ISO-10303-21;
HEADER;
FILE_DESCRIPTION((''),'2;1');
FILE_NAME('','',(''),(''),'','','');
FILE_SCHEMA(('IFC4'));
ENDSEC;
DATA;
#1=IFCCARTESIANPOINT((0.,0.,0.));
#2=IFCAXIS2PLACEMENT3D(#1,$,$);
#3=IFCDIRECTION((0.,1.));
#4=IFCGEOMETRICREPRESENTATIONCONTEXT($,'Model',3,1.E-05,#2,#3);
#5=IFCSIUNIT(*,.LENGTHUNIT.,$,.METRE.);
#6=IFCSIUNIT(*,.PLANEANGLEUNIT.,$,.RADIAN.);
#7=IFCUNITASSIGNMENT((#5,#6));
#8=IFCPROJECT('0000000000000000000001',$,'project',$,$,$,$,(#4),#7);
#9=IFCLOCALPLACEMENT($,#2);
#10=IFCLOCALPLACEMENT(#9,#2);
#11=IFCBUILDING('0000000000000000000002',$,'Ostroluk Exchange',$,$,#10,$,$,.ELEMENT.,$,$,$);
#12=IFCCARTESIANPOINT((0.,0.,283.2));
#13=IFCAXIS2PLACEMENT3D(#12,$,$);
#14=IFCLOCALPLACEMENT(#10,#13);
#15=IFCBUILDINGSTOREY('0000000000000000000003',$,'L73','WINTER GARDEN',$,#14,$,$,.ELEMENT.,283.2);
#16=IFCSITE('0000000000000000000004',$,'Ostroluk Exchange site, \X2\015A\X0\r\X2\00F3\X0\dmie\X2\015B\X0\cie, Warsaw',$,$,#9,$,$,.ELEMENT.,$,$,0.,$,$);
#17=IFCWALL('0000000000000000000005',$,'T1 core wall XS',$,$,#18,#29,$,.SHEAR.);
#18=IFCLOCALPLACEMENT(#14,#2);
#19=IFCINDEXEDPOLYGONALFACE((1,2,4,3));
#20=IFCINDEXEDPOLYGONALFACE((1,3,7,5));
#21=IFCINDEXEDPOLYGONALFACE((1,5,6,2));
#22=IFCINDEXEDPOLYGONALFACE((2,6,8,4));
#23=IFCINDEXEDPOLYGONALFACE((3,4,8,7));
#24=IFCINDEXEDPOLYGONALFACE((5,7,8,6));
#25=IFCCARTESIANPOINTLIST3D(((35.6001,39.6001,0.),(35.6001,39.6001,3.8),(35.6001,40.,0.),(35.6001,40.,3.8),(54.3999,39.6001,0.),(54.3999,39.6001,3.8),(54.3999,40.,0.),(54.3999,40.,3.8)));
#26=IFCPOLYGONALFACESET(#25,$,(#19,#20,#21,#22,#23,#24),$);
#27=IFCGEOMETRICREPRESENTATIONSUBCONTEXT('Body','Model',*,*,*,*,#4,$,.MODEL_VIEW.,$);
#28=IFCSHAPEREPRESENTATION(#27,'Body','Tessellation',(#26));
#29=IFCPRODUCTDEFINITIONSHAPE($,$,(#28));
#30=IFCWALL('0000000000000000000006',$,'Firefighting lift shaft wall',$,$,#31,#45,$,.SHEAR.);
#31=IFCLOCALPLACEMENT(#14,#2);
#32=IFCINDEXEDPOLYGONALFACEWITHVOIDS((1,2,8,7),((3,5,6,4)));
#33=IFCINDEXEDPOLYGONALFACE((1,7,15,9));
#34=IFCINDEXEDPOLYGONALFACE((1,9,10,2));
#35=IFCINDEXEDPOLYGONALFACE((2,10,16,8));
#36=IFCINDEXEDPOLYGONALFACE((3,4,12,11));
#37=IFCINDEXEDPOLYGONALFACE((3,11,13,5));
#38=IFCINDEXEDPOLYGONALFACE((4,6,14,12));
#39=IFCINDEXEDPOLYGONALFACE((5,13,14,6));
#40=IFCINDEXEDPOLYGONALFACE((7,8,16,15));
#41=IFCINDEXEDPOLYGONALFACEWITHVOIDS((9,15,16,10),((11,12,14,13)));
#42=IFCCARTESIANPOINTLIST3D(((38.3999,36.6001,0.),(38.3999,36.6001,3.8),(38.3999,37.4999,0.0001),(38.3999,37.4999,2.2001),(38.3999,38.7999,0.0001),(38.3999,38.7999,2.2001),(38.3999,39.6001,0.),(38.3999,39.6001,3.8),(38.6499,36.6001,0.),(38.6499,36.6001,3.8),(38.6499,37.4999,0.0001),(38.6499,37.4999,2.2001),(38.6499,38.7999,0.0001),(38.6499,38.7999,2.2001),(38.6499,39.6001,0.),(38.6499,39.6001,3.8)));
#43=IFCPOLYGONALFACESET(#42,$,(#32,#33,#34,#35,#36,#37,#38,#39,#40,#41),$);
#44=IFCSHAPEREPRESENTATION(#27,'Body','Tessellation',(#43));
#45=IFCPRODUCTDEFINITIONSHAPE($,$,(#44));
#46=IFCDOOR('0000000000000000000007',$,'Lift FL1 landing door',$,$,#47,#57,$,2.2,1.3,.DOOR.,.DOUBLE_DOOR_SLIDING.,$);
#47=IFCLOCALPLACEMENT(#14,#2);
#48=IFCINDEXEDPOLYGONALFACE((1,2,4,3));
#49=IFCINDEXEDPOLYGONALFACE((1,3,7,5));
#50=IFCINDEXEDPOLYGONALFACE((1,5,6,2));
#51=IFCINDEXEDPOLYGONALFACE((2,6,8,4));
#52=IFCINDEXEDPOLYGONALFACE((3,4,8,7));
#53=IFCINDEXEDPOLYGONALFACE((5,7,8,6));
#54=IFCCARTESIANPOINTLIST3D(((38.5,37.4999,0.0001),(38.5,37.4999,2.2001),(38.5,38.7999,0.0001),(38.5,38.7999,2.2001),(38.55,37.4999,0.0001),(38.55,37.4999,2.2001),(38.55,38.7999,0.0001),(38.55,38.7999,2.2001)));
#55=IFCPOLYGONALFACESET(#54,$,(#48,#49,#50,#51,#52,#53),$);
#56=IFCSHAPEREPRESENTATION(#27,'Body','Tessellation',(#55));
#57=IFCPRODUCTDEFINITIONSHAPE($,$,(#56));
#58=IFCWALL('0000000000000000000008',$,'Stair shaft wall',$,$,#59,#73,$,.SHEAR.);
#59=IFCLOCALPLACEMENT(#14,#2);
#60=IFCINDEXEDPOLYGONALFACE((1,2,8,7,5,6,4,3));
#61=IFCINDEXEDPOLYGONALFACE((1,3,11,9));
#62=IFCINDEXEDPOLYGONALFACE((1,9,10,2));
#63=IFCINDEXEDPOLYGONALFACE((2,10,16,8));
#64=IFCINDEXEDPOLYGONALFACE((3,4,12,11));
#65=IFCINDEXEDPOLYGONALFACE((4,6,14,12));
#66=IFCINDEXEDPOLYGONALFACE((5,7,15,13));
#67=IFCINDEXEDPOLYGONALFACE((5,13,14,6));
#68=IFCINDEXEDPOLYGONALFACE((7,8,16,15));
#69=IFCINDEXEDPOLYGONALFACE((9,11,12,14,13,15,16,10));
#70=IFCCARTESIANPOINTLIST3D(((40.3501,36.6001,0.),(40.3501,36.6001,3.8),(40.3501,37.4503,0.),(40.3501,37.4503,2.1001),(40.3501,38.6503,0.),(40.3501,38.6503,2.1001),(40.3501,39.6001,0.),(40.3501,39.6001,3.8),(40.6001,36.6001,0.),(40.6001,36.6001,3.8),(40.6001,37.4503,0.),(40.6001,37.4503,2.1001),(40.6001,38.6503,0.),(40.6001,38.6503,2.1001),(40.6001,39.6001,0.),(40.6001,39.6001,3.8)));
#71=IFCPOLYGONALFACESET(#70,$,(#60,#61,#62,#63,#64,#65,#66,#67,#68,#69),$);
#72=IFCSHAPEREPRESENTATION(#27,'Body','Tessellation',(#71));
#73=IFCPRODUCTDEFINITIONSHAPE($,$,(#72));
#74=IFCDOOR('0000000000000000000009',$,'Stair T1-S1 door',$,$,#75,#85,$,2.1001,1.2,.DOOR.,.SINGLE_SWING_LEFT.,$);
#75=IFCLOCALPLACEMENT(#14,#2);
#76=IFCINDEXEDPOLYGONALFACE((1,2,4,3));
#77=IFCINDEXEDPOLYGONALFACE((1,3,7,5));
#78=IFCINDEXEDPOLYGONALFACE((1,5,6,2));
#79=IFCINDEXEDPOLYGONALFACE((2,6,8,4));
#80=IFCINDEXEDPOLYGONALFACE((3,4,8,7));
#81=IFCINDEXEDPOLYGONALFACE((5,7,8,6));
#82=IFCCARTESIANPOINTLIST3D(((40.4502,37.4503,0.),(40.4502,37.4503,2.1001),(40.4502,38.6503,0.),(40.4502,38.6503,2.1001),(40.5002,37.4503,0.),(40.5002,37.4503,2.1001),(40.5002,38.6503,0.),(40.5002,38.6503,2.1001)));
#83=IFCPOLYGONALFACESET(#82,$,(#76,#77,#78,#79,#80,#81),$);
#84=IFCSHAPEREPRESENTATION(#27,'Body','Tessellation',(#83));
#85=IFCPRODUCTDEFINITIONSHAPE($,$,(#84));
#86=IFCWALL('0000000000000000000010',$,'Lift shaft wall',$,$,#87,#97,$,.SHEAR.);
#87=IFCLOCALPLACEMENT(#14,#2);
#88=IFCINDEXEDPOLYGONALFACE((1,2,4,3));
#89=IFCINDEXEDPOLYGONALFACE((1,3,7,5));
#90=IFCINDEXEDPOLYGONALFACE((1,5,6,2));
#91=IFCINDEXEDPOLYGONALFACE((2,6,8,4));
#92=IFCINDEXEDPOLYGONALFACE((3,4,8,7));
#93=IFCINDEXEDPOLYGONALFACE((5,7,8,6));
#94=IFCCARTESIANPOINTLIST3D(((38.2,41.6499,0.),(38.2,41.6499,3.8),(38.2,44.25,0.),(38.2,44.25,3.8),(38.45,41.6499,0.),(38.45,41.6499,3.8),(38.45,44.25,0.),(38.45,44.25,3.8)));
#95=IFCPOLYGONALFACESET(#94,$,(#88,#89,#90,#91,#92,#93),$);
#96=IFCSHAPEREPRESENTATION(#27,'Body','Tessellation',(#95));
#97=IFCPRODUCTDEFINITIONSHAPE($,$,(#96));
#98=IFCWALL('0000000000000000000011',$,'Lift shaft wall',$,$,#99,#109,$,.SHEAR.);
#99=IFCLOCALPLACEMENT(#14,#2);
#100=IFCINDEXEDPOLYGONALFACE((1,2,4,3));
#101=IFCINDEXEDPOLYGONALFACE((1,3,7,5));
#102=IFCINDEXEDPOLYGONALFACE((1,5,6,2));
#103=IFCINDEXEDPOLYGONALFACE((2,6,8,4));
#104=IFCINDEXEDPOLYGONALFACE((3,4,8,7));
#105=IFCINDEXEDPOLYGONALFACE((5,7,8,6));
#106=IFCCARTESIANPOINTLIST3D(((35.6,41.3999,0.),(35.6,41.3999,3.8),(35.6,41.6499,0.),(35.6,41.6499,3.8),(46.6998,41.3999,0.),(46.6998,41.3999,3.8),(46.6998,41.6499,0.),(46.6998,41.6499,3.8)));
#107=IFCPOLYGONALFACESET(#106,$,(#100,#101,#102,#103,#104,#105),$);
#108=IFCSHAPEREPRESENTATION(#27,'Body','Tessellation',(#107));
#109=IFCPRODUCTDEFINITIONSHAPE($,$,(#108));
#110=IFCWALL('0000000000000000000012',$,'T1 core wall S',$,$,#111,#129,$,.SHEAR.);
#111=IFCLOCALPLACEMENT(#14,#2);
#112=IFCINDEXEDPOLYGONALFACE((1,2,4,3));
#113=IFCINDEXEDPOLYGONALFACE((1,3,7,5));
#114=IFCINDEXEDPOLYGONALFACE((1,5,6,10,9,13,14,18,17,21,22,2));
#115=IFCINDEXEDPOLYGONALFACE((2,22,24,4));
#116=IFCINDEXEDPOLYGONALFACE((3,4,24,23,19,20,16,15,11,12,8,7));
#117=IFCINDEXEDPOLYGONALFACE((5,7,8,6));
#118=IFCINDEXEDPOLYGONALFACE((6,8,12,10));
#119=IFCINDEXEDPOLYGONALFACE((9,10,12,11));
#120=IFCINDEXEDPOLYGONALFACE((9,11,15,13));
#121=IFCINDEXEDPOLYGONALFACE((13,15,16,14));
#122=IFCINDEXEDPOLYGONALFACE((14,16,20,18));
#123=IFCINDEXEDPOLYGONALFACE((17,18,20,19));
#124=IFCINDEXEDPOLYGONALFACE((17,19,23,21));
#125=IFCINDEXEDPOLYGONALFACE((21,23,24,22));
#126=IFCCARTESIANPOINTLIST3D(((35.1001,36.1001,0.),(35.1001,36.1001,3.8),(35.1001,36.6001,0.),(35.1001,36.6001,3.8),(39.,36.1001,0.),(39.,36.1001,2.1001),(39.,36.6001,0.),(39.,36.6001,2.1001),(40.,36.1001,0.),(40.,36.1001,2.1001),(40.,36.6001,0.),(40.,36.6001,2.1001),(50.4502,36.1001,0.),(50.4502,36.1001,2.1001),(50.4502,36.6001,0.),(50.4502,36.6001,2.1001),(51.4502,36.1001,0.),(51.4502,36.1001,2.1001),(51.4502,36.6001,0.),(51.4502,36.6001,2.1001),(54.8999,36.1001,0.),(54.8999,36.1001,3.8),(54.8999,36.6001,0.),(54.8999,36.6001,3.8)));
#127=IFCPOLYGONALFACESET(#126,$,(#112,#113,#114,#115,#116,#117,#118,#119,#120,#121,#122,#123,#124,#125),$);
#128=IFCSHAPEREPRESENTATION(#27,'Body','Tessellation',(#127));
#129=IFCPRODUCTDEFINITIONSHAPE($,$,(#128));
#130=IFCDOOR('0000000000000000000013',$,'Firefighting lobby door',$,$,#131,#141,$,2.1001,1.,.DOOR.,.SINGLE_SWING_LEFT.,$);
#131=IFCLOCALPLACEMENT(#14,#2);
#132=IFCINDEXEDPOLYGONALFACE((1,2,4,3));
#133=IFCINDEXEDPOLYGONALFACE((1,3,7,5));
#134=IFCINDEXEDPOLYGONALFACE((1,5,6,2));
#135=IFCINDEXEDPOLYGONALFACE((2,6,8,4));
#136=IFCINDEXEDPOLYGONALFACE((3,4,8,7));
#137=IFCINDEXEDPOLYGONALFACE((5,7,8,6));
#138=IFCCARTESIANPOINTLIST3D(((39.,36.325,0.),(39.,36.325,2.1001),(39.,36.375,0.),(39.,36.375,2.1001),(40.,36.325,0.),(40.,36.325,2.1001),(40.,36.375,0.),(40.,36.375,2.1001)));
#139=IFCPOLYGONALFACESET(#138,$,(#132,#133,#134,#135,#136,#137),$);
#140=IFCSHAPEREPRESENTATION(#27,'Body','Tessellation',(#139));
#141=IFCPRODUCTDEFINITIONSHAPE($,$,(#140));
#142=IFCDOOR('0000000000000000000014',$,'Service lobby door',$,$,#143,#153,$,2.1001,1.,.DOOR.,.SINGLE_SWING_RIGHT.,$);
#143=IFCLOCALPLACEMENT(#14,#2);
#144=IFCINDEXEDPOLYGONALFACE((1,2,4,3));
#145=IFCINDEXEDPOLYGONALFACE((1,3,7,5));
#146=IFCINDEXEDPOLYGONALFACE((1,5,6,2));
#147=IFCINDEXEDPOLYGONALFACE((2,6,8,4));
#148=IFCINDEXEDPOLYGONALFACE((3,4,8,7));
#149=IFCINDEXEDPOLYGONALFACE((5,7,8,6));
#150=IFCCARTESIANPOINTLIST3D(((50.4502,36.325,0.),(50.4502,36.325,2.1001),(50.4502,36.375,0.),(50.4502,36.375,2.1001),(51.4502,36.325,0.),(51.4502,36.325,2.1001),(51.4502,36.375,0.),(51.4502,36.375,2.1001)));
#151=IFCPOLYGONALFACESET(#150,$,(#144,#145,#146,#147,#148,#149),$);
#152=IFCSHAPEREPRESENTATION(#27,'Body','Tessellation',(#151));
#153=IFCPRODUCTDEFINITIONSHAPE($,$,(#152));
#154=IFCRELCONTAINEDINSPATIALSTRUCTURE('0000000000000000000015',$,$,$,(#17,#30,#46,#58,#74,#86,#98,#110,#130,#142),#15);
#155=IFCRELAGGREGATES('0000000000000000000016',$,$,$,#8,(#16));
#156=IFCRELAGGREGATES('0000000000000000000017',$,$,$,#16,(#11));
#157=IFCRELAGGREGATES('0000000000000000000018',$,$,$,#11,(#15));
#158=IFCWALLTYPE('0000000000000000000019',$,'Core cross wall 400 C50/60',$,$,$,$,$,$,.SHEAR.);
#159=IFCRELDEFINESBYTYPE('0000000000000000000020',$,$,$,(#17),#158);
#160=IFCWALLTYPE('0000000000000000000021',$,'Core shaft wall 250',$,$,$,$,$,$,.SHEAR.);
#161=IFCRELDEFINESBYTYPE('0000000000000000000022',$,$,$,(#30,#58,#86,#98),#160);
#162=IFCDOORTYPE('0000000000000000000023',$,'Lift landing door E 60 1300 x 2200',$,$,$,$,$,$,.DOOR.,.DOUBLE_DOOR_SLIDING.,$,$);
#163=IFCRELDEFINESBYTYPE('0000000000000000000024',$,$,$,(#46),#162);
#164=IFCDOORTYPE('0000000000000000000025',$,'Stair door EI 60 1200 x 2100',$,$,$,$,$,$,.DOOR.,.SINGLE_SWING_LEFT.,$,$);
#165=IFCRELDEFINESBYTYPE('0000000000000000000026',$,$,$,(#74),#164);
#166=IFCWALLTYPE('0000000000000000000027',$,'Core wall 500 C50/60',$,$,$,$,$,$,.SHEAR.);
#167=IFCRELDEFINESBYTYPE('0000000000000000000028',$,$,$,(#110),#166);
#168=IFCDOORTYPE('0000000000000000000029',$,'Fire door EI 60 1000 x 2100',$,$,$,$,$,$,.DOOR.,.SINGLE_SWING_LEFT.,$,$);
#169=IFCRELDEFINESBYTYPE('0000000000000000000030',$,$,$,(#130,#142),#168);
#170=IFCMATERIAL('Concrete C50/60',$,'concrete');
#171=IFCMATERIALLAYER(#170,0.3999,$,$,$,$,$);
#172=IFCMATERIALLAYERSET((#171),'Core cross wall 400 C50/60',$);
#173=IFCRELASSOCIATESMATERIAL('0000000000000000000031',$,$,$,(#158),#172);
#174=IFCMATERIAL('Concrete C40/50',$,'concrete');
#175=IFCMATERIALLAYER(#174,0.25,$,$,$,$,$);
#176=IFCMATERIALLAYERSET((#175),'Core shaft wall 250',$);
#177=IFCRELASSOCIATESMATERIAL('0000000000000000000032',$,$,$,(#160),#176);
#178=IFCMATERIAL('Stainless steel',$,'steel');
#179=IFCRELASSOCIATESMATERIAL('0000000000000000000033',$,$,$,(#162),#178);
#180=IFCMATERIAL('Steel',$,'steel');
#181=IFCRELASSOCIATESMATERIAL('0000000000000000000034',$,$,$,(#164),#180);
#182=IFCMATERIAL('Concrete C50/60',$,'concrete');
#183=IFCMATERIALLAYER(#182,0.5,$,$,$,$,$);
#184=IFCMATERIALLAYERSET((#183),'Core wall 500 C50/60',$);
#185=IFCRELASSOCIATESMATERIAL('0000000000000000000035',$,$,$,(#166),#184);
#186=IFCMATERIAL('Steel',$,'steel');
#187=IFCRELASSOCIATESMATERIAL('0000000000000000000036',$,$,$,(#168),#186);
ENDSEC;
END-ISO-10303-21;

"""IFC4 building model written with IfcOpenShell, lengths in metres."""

from ifc_helpers import new_model, si_unit, direction, frame, frame_2d, origin, place, context, subcontext, project, spatial, rectangle, extrude, material, layer, layer_set, type_object, element, fill, save


model = new_model("IFC4")

# Units and contexts
model_context = context("Model", 3, precision=1e-05, world=origin(), true_north=direction((0.0, 1.0)))
body_context = subcontext(model_context, "Body", "Model", "MODEL_VIEW")
ifc_project = project(units=[si_unit("LENGTHUNIT", "METRE"), si_unit("PLANEANGLEUNIT", "RADIAN")], contexts=[model_context])

# Site, building, storey
site_placement = place(None, origin())
site = spatial("IfcSite", under=ifc_project, at=site_placement, Name="Ostroluk Exchange site, Śródmieście, Warsaw", CompositionType="ELEMENT", RefElevation=0.0)
building_placement = place(site_placement, origin())
building = spatial("IfcBuilding", under=site, at=building_placement, Name="Ostroluk Exchange", CompositionType="ELEMENT")
storey_placement = place(building_placement, frame((0.0, 0.0, 283.2)))
storey = spatial("IfcBuildingStorey", under=building, at=storey_placement, Name="L73", Description="WINTER GARDEN", CompositionType="ELEMENT", Elevation=283.2)

# Wall
ifc_material_1 = material(Name="Concrete C50/60", Category="concrete")
ifc_layer_1 = layer(ifc_material_1, 0.3999)
ifc_layer_set_1 = layer_set([ifc_layer_1], Name="Core cross wall 400 C50/60")
wall_type_1 = type_object("IfcWallType", Name="Core cross wall 400 C50/60", PredefinedType="SHEAR", material=ifc_layer_set_1)
wall_1_placement = place(storey_placement, frame((35.6001, 39.8, 0.0), z_axis=(0.0, 0.0, 1.0), x_axis=(1.0, 0.0, 0.0)))
element("IfcWall", 1, at=wall_1_placement, inside=storey, type_object=wall_type_1, Name="T1 core wall XS", PredefinedType="SHEAR", context=body_context, shape_type="SweptSolid", body=[
    extrude(rectangle(XDim=18.7998, YDim=0.3999, at=frame_2d((9.3999, 0.0))), origin(), (0.0, 0.0, 1.0), 3.8),
])

# Walls, openings, doors
ifc_material_2 = material(Name="Concrete C40/50", Category="concrete")
ifc_layer_2 = layer(ifc_material_2, 0.25)
ifc_layer_set_2 = layer_set([ifc_layer_2], Name="Core shaft wall 250")
wall_type_2 = type_object("IfcWallType", Name="Core shaft wall 250", PredefinedType="SHEAR", material=ifc_layer_set_2)
wall_2_placement = place(storey_placement, frame((38.5249, 36.6001, 0.0), z_axis=(0.0, 0.0, 1.0), x_axis=(0.0, 1.0, 0.0)))
wall_2 = element("IfcWall", 2, at=wall_2_placement, inside=storey, type_object=wall_type_2, Name="Firefighting lift shaft wall", PredefinedType="SHEAR", context=body_context, shape_type="SweptSolid", body=[
    extrude(rectangle(XDim=3.0, YDim=0.25, at=frame_2d((1.5, 0.0))), origin(), (0.0, 0.0, 1.0), 3.8),
])
opening_1_placement = place(wall_2_placement, frame((0.8999, 0.0, 0.0)))
opening_1 = element("IfcOpeningElement", 3, at=opening_1_placement, cuts=wall_2, PredefinedType="OPENING", context=body_context, shape_type="SweptSolid", body=[
    extrude(rectangle(XDim=1.3, YDim=2.2, at=frame_2d((0.6499, 1.1001))), frame((0.0, 0.135, 0.0), z_axis=(0.0, -1.0, 0.0), x_axis=(1.0, 0.0, 0.0)), (0.0, 0.0, 1.0), 0.27),
])
ifc_material_3 = material(Name="Stainless steel", Category="steel")
door_type_1 = type_object("IfcDoorType", Name="Lift landing door E 60 1300 x 2200", OperationType="DOUBLE_DOOR_SLIDING", PredefinedType="DOOR", material=ifc_material_3)
door_1_placement = place(opening_1_placement, origin())
door_1 = element("IfcDoor", 4, at=door_1_placement, inside=storey, type_object=door_type_1, Name="Lift FL1 landing door", OperationType="DOUBLE_DOOR_SLIDING", OverallHeight=2.2, OverallWidth=1.3, PredefinedType="DOOR", context=body_context, shape_type="SweptSolid", body=[
    extrude(rectangle(XDim=1.3, YDim=2.2, at=frame_2d((0.6499, 1.1001))), frame((0.0, 0.0249, 0.0), z_axis=(0.0, -1.0, 0.0), x_axis=(1.0, 0.0, 0.0)), (0.0, 0.0, 1.0), 0.05),
])
fill(opening_1, door_1)
wall_3_placement = place(storey_placement, frame((40.4751, 36.6001, 0.0), z_axis=(0.0, 0.0, 1.0), x_axis=(0.0, 1.0, 0.0)))
wall_3 = element("IfcWall", 5, at=wall_3_placement, inside=storey, type_object=wall_type_2, Name="Stair shaft wall", PredefinedType="SHEAR", context=body_context, shape_type="SweptSolid", body=[
    extrude(rectangle(XDim=3.0, YDim=0.25, at=frame_2d((1.5, 0.0))), origin(), (0.0, 0.0, 1.0), 3.8),
])
opening_2_placement = place(wall_3_placement, frame((0.8501, 0.0, 0.0)))
opening_2 = element("IfcOpeningElement", 6, at=opening_2_placement, cuts=wall_3, PredefinedType="OPENING", context=body_context, shape_type="SweptSolid", body=[
    extrude(rectangle(XDim=1.2, YDim=2.1001, at=frame_2d((0.6001, 1.05))), frame((0.0, 0.135, 0.0), z_axis=(0.0, -1.0, 0.0), x_axis=(1.0, 0.0, 0.0)), (0.0, 0.0, 1.0), 0.27),
])
ifc_material_4 = material(Name="Steel", Category="steel")
door_type_2 = type_object("IfcDoorType", Name="Stair door EI 60 1200 x 2100", OperationType="SINGLE_SWING_LEFT", PredefinedType="DOOR", material=ifc_material_4)
door_2_placement = place(opening_2_placement, origin())
door_2 = element("IfcDoor", 7, at=door_2_placement, inside=storey, type_object=door_type_2, Name="Stair T1-S1 door", OperationType="SINGLE_SWING_LEFT", OverallHeight=2.1001, OverallWidth=1.2, PredefinedType="DOOR", context=body_context, shape_type="SweptSolid", body=[
    extrude(rectangle(XDim=1.2, YDim=2.1001, at=frame_2d((0.6001, 1.05))), frame((0.0, 0.0249, 0.0), z_axis=(0.0, -1.0, 0.0), x_axis=(1.0, 0.0, 0.0)), (0.0, 0.0, 1.0), 0.05),
])
fill(opening_2, door_2)

# Walls
wall_4_placement = place(storey_placement, frame((38.325, 44.25, 0.0), z_axis=(0.0, 0.0, 1.0), x_axis=(0.0, -1.0, 0.0)))
element("IfcWall", 8, at=wall_4_placement, inside=storey, type_object=wall_type_2, Name="Lift shaft wall", PredefinedType="SHEAR", context=body_context, shape_type="SweptSolid", body=[
    extrude(rectangle(XDim=2.6001, YDim=0.25, at=frame_2d((1.3, 0.0))), origin(), (0.0, 0.0, 1.0), 3.8),
])
wall_5_placement = place(storey_placement, frame((35.6001, 41.5249, 0.0), z_axis=(0.0, 0.0, 1.0), x_axis=(1.0, 0.0, 0.0)))
element("IfcWall", 9, at=wall_5_placement, inside=storey, type_object=wall_type_2, Name="Lift shaft wall", PredefinedType="SHEAR", context=body_context, shape_type="SweptSolid", body=[
    extrude(rectangle(XDim=11.0999, YDim=0.25, at=frame_2d((5.5498, 0.0))), origin(), (0.0, 0.0, 1.0), 3.8),
])

# Wall, openings, doors
ifc_material_5 = material(Name="Concrete C50/60", Category="concrete")
ifc_layer_3 = layer(ifc_material_5, 0.5)
ifc_layer_set_3 = layer_set([ifc_layer_3], Name="Core wall 500 C50/60")
wall_type_3 = type_object("IfcWallType", Name="Core wall 500 C50/60", PredefinedType="SHEAR", material=ifc_layer_set_3)
wall_6_placement = place(storey_placement, frame((35.1001, 36.3501, 0.0), z_axis=(0.0, 0.0, 1.0), x_axis=(1.0, 0.0, 0.0)))
wall_6 = element("IfcWall", 10, at=wall_6_placement, inside=storey, type_object=wall_type_3, Name="T1 core wall S", PredefinedType="SHEAR", context=body_context, shape_type="SweptSolid", body=[
    extrude(rectangle(XDim=19.7998, YDim=0.5, at=frame_2d((9.8999, 0.0))), origin(), (0.0, 0.0, 1.0), 3.8),
])
opening_3_placement = place(wall_6_placement, frame((3.8999, 0.0, 0.0)))
opening_3 = element("IfcOpeningElement", 11, at=opening_3_placement, cuts=wall_6, PredefinedType="OPENING", context=body_context, shape_type="SweptSolid", body=[
    extrude(rectangle(XDim=1.0, YDim=2.1001, at=frame_2d((0.5, 1.05))), frame((0.0, 0.26, 0.0), z_axis=(0.0, -1.0, 0.0), x_axis=(1.0, 0.0, 0.0)), (0.0, 0.0, 1.0), 0.52),
])
opening_4_placement = place(wall_6_placement, frame((15.3501, 0.0, 0.0)))
opening_4 = element("IfcOpeningElement", 12, at=opening_4_placement, cuts=wall_6, PredefinedType="OPENING", context=body_context, shape_type="SweptSolid", body=[
    extrude(rectangle(XDim=1.0, YDim=2.1001, at=frame_2d((0.5, 1.05))), frame((0.0, 0.26, 0.0), z_axis=(0.0, -1.0, 0.0), x_axis=(1.0, 0.0, 0.0)), (0.0, 0.0, 1.0), 0.52),
])
ifc_material_6 = material(Name="Steel", Category="steel")
door_type_3 = type_object("IfcDoorType", Name="Fire door EI 60 1000 x 2100", OperationType="SINGLE_SWING_LEFT", PredefinedType="DOOR", material=ifc_material_6)
door_3_placement = place(opening_3_placement, origin())
door_3 = element("IfcDoor", 13, at=door_3_placement, inside=storey, type_object=door_type_3, Name="Firefighting lobby door", OperationType="SINGLE_SWING_LEFT", OverallHeight=2.1001, OverallWidth=1.0, PredefinedType="DOOR", context=body_context, shape_type="SweptSolid", body=[
    extrude(rectangle(XDim=1.0, YDim=2.1001, at=frame_2d((0.5, 1.05))), frame((0.0, 0.0249, 0.0), z_axis=(0.0, -1.0, 0.0), x_axis=(1.0, 0.0, 0.0)), (0.0, 0.0, 1.0), 0.05),
])
fill(opening_3, door_3)
door_4_placement = place(opening_4_placement, origin())
door_4 = element("IfcDoor", 14, at=door_4_placement, inside=storey, type_object=door_type_3, Name="Service lobby door", OperationType="SINGLE_SWING_RIGHT", OverallHeight=2.1001, OverallWidth=1.0, PredefinedType="DOOR", context=body_context, shape_type="SweptSolid", body=[
    extrude(rectangle(XDim=1.0, YDim=2.1001, at=frame_2d((0.5, 1.05))), frame((0.0, 0.0249, 0.0), z_axis=(0.0, -1.0, 0.0), x_axis=(1.0, 0.0, 0.0)), (0.0, 0.0, 1.0), 0.05),
])
fill(opening_4, door_4)

save(model, "model.ifc")
